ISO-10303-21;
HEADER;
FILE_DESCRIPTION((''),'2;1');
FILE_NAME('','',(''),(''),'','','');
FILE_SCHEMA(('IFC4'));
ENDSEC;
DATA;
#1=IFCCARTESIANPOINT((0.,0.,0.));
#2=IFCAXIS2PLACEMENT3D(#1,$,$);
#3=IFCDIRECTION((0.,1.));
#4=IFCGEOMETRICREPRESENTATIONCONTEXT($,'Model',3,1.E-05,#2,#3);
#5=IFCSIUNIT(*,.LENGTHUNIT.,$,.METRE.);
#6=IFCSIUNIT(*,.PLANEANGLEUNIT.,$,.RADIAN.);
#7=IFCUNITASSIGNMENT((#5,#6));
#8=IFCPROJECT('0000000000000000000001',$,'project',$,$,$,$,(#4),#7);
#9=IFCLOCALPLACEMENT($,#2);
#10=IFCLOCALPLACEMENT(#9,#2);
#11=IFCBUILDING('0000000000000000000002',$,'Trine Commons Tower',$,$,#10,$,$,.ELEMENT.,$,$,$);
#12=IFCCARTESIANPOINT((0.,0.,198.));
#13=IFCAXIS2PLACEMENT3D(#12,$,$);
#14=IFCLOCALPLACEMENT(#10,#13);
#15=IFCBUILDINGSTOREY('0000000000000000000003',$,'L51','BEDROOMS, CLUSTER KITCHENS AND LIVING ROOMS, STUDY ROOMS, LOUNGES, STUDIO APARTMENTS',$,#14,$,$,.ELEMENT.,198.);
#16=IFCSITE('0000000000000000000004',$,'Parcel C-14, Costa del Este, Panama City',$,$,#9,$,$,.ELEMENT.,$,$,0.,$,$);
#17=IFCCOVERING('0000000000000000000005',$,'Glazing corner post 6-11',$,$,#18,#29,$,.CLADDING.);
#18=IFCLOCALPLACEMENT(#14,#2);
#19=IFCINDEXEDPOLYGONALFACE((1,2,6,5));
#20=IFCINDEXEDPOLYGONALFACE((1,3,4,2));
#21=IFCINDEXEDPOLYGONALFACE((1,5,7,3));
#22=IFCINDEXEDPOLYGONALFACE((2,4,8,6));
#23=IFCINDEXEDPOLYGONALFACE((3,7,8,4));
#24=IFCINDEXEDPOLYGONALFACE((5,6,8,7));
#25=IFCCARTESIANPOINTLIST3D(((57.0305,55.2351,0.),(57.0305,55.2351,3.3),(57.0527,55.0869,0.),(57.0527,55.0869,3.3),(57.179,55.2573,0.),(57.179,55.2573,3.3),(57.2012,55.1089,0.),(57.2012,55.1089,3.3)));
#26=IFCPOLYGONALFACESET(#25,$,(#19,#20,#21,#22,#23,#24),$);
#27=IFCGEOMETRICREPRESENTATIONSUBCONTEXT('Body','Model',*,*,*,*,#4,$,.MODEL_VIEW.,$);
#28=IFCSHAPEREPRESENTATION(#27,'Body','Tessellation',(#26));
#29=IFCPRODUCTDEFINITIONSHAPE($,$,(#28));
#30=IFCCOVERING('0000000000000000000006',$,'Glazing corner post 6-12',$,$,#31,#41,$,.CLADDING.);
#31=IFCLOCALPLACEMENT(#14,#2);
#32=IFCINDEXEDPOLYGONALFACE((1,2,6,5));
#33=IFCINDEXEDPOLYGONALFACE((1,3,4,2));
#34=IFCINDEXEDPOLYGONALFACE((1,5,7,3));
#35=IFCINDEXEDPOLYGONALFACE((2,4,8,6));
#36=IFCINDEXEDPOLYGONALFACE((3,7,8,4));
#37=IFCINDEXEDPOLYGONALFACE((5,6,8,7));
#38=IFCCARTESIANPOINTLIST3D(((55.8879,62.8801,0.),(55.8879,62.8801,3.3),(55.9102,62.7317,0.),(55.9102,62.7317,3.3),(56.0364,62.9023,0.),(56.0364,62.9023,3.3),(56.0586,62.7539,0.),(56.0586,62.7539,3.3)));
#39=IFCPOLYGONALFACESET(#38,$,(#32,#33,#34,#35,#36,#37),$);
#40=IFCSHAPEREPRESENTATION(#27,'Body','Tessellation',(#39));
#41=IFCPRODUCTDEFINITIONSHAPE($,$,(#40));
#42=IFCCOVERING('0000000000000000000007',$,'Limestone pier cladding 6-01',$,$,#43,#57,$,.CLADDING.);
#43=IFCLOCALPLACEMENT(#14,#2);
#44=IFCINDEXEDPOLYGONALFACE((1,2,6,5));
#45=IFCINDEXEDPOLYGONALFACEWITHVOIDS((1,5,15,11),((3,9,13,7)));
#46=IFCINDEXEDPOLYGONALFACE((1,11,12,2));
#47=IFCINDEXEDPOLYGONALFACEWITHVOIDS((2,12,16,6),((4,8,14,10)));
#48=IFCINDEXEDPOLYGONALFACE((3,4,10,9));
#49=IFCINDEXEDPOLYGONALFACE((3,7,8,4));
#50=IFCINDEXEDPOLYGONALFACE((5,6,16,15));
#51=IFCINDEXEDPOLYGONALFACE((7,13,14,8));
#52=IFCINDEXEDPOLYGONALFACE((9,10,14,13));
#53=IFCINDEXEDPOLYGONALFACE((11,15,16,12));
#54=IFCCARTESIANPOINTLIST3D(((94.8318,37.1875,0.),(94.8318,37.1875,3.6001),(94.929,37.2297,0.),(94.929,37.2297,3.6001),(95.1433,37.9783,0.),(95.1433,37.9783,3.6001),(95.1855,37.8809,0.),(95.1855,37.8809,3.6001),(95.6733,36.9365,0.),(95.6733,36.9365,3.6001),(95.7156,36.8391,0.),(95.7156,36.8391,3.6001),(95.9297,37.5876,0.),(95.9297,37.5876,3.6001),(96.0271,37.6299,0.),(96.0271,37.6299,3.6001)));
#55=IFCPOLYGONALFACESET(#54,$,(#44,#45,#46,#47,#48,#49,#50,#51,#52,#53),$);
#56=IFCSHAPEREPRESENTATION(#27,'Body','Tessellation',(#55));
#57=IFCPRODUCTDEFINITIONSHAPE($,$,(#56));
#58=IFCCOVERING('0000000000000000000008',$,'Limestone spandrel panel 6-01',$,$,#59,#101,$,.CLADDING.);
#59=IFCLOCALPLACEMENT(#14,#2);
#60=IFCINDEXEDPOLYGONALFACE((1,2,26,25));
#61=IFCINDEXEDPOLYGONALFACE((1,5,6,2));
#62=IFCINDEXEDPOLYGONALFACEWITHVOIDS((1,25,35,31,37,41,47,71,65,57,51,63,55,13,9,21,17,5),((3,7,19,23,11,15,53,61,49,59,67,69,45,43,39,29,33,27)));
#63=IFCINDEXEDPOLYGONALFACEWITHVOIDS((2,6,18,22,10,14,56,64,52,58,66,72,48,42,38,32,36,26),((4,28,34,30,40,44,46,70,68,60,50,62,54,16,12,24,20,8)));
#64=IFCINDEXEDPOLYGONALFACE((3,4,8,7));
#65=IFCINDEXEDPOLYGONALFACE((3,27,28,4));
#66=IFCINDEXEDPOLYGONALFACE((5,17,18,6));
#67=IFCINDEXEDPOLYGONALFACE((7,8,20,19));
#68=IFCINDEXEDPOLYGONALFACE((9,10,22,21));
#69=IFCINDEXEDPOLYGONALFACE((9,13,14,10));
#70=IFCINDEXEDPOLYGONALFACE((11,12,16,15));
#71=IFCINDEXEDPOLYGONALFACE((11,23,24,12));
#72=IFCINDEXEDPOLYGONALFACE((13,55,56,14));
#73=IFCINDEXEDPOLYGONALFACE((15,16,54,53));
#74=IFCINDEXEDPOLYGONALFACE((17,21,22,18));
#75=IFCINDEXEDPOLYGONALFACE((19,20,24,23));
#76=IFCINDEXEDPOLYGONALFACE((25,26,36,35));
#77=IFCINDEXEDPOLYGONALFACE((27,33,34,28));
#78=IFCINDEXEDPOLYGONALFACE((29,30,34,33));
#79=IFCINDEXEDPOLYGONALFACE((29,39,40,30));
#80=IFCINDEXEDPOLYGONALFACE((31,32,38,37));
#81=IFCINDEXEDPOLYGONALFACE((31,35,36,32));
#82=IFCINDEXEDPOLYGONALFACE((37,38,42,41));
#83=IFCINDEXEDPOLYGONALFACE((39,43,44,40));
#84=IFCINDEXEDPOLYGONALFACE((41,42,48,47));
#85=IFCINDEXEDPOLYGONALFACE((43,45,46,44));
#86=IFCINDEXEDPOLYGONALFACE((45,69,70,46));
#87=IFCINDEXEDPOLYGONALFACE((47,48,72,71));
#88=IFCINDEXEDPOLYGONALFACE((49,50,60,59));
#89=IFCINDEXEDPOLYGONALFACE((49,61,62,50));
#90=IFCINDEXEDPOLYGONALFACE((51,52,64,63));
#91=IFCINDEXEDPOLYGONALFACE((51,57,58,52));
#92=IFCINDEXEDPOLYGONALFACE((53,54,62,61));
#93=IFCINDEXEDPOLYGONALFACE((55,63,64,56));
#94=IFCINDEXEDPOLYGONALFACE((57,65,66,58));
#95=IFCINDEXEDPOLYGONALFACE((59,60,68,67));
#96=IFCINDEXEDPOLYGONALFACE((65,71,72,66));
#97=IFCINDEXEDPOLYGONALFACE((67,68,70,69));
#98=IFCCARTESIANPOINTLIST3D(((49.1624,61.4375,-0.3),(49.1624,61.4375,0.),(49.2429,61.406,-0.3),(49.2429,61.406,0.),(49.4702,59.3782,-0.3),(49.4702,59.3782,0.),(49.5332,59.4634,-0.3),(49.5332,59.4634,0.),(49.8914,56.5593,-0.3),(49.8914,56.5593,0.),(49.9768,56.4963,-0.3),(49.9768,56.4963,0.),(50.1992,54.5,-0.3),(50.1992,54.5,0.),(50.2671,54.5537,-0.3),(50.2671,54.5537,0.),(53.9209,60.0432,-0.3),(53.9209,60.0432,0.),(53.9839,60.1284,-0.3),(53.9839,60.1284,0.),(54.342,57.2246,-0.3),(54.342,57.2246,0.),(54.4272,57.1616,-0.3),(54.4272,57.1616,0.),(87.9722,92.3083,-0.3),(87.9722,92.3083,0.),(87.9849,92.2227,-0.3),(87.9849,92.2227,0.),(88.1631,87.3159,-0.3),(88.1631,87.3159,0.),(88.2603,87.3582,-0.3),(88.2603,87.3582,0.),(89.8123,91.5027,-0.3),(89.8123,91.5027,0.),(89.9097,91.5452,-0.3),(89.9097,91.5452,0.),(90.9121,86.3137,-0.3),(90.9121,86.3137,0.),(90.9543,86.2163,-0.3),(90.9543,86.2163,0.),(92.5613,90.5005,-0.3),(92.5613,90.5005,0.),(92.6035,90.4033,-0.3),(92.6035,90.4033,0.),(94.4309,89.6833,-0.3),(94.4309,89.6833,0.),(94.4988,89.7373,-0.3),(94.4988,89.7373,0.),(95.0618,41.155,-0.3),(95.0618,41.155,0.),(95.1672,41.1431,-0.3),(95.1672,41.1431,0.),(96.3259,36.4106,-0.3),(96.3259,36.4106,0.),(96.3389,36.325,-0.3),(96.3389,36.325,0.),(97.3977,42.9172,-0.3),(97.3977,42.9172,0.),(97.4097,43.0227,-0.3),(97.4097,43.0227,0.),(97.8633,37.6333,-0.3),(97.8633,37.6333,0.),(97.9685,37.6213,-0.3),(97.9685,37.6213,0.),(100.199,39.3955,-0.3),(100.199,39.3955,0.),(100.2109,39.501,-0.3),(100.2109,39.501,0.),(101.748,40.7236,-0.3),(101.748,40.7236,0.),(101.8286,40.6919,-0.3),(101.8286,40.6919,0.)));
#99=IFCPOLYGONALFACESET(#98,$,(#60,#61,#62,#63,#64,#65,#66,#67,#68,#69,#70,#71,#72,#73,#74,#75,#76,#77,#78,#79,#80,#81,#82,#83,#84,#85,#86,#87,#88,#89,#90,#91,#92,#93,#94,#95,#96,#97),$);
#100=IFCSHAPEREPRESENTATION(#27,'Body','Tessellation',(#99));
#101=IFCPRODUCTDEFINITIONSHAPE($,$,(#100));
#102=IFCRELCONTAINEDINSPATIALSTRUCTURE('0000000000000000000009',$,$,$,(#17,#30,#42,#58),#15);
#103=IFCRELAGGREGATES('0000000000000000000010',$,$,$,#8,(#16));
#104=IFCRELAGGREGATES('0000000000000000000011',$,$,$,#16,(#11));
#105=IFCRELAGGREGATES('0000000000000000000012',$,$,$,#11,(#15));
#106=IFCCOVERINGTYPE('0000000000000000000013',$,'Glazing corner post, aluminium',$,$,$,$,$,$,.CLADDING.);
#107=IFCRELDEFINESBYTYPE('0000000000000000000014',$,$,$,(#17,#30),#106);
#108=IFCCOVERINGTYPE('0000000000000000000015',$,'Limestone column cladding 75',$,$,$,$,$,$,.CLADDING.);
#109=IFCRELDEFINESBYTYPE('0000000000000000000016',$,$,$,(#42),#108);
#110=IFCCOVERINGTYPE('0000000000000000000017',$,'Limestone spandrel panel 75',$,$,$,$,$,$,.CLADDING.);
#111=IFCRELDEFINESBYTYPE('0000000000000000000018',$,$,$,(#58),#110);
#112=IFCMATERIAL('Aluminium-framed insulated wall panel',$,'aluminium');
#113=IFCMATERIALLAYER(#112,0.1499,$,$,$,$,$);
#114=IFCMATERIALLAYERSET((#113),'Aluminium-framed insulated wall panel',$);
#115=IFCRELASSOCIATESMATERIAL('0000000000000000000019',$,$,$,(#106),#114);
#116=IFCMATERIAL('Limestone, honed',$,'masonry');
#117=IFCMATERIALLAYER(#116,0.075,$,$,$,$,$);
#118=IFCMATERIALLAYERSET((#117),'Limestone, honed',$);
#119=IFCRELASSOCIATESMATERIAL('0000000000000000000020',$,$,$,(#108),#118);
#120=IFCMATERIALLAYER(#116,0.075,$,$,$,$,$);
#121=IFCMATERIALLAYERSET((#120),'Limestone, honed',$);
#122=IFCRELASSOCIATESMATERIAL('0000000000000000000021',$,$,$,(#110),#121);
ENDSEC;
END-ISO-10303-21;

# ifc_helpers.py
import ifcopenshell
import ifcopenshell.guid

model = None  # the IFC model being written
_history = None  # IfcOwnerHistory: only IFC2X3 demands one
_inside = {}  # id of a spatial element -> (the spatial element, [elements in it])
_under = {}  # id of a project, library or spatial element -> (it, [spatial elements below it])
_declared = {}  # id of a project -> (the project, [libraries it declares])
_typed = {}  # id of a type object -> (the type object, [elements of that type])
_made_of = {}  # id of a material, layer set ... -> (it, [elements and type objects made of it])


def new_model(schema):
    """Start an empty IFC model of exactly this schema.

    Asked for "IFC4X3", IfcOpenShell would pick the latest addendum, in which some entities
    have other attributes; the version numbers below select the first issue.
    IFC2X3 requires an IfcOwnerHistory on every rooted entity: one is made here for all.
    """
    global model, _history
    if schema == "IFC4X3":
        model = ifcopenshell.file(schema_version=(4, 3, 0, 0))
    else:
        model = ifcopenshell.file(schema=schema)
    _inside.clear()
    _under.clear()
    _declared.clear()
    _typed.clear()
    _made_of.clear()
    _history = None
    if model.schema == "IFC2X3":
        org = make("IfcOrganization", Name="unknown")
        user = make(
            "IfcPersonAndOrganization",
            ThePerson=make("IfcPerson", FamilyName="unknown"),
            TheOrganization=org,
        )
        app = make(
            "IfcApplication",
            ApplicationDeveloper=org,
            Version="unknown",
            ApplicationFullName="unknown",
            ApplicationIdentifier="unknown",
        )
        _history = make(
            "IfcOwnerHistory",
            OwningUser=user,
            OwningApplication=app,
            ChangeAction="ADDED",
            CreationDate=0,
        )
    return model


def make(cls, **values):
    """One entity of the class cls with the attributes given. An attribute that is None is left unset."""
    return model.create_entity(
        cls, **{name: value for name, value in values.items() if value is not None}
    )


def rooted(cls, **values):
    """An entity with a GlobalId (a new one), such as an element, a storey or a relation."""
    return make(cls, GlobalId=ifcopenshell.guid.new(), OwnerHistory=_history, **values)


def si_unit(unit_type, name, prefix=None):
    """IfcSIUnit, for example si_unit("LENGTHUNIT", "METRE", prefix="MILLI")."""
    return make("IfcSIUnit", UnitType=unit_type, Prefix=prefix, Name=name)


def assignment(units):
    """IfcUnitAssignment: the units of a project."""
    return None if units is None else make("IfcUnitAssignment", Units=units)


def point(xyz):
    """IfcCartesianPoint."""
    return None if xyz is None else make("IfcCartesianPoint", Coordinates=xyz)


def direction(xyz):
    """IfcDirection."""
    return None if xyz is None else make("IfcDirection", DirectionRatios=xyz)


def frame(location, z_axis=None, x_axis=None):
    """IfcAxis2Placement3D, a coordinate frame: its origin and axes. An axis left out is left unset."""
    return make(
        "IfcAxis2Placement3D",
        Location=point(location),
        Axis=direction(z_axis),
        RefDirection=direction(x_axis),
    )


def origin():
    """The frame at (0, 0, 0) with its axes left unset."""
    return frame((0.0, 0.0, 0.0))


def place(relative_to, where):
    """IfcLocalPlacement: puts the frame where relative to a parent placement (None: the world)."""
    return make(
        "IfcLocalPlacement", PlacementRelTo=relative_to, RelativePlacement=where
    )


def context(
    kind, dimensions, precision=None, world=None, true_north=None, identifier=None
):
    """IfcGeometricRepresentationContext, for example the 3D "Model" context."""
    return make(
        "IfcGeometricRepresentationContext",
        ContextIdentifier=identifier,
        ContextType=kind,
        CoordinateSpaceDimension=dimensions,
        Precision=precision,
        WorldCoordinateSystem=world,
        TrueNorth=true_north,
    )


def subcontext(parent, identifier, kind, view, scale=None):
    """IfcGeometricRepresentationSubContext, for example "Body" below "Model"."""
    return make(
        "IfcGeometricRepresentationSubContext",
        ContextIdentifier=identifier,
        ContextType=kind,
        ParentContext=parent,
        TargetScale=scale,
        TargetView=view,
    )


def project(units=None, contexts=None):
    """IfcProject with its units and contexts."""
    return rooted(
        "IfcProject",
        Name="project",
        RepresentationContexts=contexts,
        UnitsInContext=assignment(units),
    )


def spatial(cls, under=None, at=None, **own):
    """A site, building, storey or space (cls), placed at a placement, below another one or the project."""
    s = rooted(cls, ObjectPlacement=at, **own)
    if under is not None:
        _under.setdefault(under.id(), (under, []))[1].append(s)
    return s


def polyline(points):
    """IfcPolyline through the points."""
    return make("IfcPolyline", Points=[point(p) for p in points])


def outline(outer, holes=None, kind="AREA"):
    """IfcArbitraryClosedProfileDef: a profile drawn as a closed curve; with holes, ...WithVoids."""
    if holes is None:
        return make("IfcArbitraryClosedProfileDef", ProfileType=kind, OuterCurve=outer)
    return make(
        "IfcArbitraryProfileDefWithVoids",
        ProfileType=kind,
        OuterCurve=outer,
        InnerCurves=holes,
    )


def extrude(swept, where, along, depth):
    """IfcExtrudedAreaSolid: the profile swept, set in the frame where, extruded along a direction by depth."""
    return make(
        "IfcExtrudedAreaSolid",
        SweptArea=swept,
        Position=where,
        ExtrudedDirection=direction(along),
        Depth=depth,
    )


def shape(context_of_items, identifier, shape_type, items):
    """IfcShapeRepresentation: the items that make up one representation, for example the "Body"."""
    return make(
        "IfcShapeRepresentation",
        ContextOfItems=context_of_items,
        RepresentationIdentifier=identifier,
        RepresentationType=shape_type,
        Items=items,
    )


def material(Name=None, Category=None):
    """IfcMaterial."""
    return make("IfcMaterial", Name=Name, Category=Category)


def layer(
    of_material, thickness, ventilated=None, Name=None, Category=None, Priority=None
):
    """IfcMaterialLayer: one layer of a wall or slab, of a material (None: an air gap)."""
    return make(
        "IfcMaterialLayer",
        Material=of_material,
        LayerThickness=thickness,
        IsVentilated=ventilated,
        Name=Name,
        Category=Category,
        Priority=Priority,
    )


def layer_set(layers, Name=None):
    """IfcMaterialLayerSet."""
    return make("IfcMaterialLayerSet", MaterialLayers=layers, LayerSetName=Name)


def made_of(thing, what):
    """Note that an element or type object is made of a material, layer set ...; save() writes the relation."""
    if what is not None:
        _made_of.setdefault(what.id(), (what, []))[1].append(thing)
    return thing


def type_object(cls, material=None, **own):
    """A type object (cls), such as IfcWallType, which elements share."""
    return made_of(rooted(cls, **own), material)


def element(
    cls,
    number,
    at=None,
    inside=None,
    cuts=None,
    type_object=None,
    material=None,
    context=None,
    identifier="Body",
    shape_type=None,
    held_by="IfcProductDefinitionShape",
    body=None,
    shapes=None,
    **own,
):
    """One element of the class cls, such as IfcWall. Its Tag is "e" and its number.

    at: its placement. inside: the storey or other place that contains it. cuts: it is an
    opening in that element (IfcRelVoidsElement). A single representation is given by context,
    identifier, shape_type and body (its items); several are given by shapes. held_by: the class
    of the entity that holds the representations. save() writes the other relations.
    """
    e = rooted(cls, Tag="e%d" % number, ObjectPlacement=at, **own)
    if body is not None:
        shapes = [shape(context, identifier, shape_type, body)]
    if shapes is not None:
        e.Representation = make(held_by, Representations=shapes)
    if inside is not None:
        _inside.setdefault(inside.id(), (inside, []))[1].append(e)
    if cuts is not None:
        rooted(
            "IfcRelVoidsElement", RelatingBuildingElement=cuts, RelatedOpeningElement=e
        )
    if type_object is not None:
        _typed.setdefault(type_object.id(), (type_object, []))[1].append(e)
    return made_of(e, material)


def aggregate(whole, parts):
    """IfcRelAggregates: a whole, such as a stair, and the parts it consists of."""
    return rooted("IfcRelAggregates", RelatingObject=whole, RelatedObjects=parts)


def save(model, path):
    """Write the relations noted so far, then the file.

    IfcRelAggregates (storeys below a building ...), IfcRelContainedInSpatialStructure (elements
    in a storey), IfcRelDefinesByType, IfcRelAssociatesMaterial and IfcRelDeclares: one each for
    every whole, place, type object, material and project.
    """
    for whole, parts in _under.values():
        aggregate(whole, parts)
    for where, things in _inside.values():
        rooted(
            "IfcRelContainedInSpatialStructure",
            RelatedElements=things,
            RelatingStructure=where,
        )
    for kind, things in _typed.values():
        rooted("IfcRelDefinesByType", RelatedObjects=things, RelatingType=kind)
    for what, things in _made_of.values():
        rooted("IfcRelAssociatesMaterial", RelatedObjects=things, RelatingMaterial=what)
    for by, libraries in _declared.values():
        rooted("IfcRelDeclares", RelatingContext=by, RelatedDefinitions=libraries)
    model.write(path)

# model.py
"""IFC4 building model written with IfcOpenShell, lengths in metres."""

from ifc_helpers import new_model, si_unit, direction, frame, origin, place, context, subcontext, project, spatial, polyline, outline, extrude, material, layer, layer_set, type_object, element, save


model = new_model("IFC4")

# Units and contexts
model_context = context("Model", 3, precision=1e-05, world=origin(), true_north=direction((0.0, 1.0)))
body_context = subcontext(model_context, "Body", "Model", "MODEL_VIEW")
ifc_project = project(units=[si_unit("LENGTHUNIT", "METRE"), si_unit("PLANEANGLEUNIT", "RADIAN")], contexts=[model_context])

# Site, building, storey
site_placement = place(None, origin())
site = spatial("IfcSite", under=ifc_project, at=site_placement, Name="Parcel C-14, Costa del Este, Panama City", CompositionType="ELEMENT", RefElevation=0.0)
building_placement = place(site_placement, origin())
building = spatial("IfcBuilding", under=site, at=building_placement, Name="Trine Commons Tower", CompositionType="ELEMENT")
storey_placement = place(building_placement, frame((0.0, 0.0, 198.0)))
storey = spatial("IfcBuildingStorey", under=building, at=storey_placement, Name="L51", Description="BEDROOMS, CLUSTER KITCHENS AND LIVING ROOMS, STUDY ROOMS, LOUNGES, STUDIO APARTMENTS", CompositionType="ELEMENT", Elevation=198.0)

# Coverings
ifc_material_1 = material(Name="Aluminium-framed insulated wall panel", Category="aluminium")
ifc_layer_1 = layer(ifc_material_1, 0.1499)
ifc_layer_set_1 = layer_set([ifc_layer_1], Name="Aluminium-framed insulated wall panel")
covering_type_1 = type_object("IfcCoveringType", Name="Glazing corner post, aluminium", PredefinedType="CLADDING", material=ifc_layer_set_1)
covering_1_placement = place(storey_placement, origin())
element("IfcCovering", 1, at=covering_1_placement, inside=storey, type_object=covering_type_1, Name="Glazing corner post 6-11", PredefinedType="CLADDING", context=body_context, shape_type="SweptSolid", body=[
    extrude(outline(polyline([(57.0305, 55.2351), (57.0527, 55.0869), (57.2012, 55.1089), (57.179, 55.2573), (57.0305, 55.2351)])), origin(), (0.0, 0.0, 1.0), 3.3),
])
covering_2_placement = place(storey_placement, origin())
element("IfcCovering", 2, at=covering_2_placement, inside=storey, type_object=covering_type_1, Name="Glazing corner post 6-12", PredefinedType="CLADDING", context=body_context, shape_type="SweptSolid", body=[
    extrude(outline(polyline([(55.9102, 62.7317), (55.9102, 62.7317), (56.0586, 62.7539), (56.0364, 62.9023), (55.8879, 62.8801), (55.9102, 62.7317)])), origin(), (0.0, 0.0, 1.0), 3.3),
])
ifc_material_2 = material(Name="Limestone, honed", Category="masonry")
ifc_layer_2 = layer(ifc_material_2, 0.075)
ifc_layer_set_2 = layer_set([ifc_layer_2], Name="Limestone, honed")
covering_type_2 = type_object("IfcCoveringType", Name="Limestone column cladding 75", PredefinedType="CLADDING", material=ifc_layer_set_2)
covering_3_placement = place(storey_placement, origin())
element("IfcCovering", 3, at=covering_3_placement, inside=storey, type_object=covering_type_2, Name="Limestone pier cladding 6-01", PredefinedType="CLADDING", context=body_context, shape_type="SweptSolid", body=[
    extrude(outline(polyline([(95.1433, 37.9783), (94.8318, 37.1875), (95.7156, 36.8391), (96.0271, 37.6299), (95.1433, 37.9783)]), holes=[polyline([(95.1855, 37.8809), (94.929, 37.2297), (95.6733, 36.9365), (95.9297, 37.5876), (95.1855, 37.8809)])]), origin(), (0.0, 0.0, 1.0), 3.6001),
])
ifc_layer_3 = layer(ifc_material_2, 0.075)
ifc_layer_set_3 = layer_set([ifc_layer_3], Name="Limestone, honed")
covering_type_3 = type_object("IfcCoveringType", Name="Limestone spandrel panel 75", PredefinedType="CLADDING", material=ifc_layer_set_3)
covering_4_placement = place(storey_placement, frame((0.0, 0.0, -0.3)))
element("IfcCovering", 4, at=covering_4_placement, inside=storey, type_object=covering_type_3, Name="Limestone spandrel panel 6-01", PredefinedType="CLADDING", context=body_context, shape_type="SweptSolid", body=[
    extrude(outline(polyline([(97.3977, 42.9172), (100.199, 39.3955), (101.8286, 40.6919), (94.4988, 89.7373), (92.5613, 90.5005), (90.9121, 86.3137), (88.2603, 87.3582), (89.9097, 91.5452), (87.9722, 92.3083), (49.1624, 61.4375), (49.4702, 59.3782), (53.9209, 60.0432), (54.342, 57.2246), (49.8914, 56.5593), (50.1992, 54.5), (96.3389, 36.325), (97.9685, 37.6213), (95.1672, 41.1431), (97.3977, 42.9172)]), holes=[polyline([(92.6035, 90.4033), (94.4309, 89.6833), (101.748, 40.7236), (100.2109, 39.501), (97.4097, 43.0227), (95.0618, 41.155), (97.8633, 37.6333), (96.3259, 36.4106), (50.2671, 54.5537), (49.9768, 56.4963), (54.4272, 57.1616), (53.9839, 60.1284), (49.5332, 59.4634), (49.2429, 61.406), (87.9849, 92.2227), (89.8123, 91.5027), (88.1631, 87.3159), (90.9543, 86.2163), (92.6035, 90.4033)])]), origin(), (0.0, 0.0, 1.0), 0.3),
])

save(model, "model.ifc")
